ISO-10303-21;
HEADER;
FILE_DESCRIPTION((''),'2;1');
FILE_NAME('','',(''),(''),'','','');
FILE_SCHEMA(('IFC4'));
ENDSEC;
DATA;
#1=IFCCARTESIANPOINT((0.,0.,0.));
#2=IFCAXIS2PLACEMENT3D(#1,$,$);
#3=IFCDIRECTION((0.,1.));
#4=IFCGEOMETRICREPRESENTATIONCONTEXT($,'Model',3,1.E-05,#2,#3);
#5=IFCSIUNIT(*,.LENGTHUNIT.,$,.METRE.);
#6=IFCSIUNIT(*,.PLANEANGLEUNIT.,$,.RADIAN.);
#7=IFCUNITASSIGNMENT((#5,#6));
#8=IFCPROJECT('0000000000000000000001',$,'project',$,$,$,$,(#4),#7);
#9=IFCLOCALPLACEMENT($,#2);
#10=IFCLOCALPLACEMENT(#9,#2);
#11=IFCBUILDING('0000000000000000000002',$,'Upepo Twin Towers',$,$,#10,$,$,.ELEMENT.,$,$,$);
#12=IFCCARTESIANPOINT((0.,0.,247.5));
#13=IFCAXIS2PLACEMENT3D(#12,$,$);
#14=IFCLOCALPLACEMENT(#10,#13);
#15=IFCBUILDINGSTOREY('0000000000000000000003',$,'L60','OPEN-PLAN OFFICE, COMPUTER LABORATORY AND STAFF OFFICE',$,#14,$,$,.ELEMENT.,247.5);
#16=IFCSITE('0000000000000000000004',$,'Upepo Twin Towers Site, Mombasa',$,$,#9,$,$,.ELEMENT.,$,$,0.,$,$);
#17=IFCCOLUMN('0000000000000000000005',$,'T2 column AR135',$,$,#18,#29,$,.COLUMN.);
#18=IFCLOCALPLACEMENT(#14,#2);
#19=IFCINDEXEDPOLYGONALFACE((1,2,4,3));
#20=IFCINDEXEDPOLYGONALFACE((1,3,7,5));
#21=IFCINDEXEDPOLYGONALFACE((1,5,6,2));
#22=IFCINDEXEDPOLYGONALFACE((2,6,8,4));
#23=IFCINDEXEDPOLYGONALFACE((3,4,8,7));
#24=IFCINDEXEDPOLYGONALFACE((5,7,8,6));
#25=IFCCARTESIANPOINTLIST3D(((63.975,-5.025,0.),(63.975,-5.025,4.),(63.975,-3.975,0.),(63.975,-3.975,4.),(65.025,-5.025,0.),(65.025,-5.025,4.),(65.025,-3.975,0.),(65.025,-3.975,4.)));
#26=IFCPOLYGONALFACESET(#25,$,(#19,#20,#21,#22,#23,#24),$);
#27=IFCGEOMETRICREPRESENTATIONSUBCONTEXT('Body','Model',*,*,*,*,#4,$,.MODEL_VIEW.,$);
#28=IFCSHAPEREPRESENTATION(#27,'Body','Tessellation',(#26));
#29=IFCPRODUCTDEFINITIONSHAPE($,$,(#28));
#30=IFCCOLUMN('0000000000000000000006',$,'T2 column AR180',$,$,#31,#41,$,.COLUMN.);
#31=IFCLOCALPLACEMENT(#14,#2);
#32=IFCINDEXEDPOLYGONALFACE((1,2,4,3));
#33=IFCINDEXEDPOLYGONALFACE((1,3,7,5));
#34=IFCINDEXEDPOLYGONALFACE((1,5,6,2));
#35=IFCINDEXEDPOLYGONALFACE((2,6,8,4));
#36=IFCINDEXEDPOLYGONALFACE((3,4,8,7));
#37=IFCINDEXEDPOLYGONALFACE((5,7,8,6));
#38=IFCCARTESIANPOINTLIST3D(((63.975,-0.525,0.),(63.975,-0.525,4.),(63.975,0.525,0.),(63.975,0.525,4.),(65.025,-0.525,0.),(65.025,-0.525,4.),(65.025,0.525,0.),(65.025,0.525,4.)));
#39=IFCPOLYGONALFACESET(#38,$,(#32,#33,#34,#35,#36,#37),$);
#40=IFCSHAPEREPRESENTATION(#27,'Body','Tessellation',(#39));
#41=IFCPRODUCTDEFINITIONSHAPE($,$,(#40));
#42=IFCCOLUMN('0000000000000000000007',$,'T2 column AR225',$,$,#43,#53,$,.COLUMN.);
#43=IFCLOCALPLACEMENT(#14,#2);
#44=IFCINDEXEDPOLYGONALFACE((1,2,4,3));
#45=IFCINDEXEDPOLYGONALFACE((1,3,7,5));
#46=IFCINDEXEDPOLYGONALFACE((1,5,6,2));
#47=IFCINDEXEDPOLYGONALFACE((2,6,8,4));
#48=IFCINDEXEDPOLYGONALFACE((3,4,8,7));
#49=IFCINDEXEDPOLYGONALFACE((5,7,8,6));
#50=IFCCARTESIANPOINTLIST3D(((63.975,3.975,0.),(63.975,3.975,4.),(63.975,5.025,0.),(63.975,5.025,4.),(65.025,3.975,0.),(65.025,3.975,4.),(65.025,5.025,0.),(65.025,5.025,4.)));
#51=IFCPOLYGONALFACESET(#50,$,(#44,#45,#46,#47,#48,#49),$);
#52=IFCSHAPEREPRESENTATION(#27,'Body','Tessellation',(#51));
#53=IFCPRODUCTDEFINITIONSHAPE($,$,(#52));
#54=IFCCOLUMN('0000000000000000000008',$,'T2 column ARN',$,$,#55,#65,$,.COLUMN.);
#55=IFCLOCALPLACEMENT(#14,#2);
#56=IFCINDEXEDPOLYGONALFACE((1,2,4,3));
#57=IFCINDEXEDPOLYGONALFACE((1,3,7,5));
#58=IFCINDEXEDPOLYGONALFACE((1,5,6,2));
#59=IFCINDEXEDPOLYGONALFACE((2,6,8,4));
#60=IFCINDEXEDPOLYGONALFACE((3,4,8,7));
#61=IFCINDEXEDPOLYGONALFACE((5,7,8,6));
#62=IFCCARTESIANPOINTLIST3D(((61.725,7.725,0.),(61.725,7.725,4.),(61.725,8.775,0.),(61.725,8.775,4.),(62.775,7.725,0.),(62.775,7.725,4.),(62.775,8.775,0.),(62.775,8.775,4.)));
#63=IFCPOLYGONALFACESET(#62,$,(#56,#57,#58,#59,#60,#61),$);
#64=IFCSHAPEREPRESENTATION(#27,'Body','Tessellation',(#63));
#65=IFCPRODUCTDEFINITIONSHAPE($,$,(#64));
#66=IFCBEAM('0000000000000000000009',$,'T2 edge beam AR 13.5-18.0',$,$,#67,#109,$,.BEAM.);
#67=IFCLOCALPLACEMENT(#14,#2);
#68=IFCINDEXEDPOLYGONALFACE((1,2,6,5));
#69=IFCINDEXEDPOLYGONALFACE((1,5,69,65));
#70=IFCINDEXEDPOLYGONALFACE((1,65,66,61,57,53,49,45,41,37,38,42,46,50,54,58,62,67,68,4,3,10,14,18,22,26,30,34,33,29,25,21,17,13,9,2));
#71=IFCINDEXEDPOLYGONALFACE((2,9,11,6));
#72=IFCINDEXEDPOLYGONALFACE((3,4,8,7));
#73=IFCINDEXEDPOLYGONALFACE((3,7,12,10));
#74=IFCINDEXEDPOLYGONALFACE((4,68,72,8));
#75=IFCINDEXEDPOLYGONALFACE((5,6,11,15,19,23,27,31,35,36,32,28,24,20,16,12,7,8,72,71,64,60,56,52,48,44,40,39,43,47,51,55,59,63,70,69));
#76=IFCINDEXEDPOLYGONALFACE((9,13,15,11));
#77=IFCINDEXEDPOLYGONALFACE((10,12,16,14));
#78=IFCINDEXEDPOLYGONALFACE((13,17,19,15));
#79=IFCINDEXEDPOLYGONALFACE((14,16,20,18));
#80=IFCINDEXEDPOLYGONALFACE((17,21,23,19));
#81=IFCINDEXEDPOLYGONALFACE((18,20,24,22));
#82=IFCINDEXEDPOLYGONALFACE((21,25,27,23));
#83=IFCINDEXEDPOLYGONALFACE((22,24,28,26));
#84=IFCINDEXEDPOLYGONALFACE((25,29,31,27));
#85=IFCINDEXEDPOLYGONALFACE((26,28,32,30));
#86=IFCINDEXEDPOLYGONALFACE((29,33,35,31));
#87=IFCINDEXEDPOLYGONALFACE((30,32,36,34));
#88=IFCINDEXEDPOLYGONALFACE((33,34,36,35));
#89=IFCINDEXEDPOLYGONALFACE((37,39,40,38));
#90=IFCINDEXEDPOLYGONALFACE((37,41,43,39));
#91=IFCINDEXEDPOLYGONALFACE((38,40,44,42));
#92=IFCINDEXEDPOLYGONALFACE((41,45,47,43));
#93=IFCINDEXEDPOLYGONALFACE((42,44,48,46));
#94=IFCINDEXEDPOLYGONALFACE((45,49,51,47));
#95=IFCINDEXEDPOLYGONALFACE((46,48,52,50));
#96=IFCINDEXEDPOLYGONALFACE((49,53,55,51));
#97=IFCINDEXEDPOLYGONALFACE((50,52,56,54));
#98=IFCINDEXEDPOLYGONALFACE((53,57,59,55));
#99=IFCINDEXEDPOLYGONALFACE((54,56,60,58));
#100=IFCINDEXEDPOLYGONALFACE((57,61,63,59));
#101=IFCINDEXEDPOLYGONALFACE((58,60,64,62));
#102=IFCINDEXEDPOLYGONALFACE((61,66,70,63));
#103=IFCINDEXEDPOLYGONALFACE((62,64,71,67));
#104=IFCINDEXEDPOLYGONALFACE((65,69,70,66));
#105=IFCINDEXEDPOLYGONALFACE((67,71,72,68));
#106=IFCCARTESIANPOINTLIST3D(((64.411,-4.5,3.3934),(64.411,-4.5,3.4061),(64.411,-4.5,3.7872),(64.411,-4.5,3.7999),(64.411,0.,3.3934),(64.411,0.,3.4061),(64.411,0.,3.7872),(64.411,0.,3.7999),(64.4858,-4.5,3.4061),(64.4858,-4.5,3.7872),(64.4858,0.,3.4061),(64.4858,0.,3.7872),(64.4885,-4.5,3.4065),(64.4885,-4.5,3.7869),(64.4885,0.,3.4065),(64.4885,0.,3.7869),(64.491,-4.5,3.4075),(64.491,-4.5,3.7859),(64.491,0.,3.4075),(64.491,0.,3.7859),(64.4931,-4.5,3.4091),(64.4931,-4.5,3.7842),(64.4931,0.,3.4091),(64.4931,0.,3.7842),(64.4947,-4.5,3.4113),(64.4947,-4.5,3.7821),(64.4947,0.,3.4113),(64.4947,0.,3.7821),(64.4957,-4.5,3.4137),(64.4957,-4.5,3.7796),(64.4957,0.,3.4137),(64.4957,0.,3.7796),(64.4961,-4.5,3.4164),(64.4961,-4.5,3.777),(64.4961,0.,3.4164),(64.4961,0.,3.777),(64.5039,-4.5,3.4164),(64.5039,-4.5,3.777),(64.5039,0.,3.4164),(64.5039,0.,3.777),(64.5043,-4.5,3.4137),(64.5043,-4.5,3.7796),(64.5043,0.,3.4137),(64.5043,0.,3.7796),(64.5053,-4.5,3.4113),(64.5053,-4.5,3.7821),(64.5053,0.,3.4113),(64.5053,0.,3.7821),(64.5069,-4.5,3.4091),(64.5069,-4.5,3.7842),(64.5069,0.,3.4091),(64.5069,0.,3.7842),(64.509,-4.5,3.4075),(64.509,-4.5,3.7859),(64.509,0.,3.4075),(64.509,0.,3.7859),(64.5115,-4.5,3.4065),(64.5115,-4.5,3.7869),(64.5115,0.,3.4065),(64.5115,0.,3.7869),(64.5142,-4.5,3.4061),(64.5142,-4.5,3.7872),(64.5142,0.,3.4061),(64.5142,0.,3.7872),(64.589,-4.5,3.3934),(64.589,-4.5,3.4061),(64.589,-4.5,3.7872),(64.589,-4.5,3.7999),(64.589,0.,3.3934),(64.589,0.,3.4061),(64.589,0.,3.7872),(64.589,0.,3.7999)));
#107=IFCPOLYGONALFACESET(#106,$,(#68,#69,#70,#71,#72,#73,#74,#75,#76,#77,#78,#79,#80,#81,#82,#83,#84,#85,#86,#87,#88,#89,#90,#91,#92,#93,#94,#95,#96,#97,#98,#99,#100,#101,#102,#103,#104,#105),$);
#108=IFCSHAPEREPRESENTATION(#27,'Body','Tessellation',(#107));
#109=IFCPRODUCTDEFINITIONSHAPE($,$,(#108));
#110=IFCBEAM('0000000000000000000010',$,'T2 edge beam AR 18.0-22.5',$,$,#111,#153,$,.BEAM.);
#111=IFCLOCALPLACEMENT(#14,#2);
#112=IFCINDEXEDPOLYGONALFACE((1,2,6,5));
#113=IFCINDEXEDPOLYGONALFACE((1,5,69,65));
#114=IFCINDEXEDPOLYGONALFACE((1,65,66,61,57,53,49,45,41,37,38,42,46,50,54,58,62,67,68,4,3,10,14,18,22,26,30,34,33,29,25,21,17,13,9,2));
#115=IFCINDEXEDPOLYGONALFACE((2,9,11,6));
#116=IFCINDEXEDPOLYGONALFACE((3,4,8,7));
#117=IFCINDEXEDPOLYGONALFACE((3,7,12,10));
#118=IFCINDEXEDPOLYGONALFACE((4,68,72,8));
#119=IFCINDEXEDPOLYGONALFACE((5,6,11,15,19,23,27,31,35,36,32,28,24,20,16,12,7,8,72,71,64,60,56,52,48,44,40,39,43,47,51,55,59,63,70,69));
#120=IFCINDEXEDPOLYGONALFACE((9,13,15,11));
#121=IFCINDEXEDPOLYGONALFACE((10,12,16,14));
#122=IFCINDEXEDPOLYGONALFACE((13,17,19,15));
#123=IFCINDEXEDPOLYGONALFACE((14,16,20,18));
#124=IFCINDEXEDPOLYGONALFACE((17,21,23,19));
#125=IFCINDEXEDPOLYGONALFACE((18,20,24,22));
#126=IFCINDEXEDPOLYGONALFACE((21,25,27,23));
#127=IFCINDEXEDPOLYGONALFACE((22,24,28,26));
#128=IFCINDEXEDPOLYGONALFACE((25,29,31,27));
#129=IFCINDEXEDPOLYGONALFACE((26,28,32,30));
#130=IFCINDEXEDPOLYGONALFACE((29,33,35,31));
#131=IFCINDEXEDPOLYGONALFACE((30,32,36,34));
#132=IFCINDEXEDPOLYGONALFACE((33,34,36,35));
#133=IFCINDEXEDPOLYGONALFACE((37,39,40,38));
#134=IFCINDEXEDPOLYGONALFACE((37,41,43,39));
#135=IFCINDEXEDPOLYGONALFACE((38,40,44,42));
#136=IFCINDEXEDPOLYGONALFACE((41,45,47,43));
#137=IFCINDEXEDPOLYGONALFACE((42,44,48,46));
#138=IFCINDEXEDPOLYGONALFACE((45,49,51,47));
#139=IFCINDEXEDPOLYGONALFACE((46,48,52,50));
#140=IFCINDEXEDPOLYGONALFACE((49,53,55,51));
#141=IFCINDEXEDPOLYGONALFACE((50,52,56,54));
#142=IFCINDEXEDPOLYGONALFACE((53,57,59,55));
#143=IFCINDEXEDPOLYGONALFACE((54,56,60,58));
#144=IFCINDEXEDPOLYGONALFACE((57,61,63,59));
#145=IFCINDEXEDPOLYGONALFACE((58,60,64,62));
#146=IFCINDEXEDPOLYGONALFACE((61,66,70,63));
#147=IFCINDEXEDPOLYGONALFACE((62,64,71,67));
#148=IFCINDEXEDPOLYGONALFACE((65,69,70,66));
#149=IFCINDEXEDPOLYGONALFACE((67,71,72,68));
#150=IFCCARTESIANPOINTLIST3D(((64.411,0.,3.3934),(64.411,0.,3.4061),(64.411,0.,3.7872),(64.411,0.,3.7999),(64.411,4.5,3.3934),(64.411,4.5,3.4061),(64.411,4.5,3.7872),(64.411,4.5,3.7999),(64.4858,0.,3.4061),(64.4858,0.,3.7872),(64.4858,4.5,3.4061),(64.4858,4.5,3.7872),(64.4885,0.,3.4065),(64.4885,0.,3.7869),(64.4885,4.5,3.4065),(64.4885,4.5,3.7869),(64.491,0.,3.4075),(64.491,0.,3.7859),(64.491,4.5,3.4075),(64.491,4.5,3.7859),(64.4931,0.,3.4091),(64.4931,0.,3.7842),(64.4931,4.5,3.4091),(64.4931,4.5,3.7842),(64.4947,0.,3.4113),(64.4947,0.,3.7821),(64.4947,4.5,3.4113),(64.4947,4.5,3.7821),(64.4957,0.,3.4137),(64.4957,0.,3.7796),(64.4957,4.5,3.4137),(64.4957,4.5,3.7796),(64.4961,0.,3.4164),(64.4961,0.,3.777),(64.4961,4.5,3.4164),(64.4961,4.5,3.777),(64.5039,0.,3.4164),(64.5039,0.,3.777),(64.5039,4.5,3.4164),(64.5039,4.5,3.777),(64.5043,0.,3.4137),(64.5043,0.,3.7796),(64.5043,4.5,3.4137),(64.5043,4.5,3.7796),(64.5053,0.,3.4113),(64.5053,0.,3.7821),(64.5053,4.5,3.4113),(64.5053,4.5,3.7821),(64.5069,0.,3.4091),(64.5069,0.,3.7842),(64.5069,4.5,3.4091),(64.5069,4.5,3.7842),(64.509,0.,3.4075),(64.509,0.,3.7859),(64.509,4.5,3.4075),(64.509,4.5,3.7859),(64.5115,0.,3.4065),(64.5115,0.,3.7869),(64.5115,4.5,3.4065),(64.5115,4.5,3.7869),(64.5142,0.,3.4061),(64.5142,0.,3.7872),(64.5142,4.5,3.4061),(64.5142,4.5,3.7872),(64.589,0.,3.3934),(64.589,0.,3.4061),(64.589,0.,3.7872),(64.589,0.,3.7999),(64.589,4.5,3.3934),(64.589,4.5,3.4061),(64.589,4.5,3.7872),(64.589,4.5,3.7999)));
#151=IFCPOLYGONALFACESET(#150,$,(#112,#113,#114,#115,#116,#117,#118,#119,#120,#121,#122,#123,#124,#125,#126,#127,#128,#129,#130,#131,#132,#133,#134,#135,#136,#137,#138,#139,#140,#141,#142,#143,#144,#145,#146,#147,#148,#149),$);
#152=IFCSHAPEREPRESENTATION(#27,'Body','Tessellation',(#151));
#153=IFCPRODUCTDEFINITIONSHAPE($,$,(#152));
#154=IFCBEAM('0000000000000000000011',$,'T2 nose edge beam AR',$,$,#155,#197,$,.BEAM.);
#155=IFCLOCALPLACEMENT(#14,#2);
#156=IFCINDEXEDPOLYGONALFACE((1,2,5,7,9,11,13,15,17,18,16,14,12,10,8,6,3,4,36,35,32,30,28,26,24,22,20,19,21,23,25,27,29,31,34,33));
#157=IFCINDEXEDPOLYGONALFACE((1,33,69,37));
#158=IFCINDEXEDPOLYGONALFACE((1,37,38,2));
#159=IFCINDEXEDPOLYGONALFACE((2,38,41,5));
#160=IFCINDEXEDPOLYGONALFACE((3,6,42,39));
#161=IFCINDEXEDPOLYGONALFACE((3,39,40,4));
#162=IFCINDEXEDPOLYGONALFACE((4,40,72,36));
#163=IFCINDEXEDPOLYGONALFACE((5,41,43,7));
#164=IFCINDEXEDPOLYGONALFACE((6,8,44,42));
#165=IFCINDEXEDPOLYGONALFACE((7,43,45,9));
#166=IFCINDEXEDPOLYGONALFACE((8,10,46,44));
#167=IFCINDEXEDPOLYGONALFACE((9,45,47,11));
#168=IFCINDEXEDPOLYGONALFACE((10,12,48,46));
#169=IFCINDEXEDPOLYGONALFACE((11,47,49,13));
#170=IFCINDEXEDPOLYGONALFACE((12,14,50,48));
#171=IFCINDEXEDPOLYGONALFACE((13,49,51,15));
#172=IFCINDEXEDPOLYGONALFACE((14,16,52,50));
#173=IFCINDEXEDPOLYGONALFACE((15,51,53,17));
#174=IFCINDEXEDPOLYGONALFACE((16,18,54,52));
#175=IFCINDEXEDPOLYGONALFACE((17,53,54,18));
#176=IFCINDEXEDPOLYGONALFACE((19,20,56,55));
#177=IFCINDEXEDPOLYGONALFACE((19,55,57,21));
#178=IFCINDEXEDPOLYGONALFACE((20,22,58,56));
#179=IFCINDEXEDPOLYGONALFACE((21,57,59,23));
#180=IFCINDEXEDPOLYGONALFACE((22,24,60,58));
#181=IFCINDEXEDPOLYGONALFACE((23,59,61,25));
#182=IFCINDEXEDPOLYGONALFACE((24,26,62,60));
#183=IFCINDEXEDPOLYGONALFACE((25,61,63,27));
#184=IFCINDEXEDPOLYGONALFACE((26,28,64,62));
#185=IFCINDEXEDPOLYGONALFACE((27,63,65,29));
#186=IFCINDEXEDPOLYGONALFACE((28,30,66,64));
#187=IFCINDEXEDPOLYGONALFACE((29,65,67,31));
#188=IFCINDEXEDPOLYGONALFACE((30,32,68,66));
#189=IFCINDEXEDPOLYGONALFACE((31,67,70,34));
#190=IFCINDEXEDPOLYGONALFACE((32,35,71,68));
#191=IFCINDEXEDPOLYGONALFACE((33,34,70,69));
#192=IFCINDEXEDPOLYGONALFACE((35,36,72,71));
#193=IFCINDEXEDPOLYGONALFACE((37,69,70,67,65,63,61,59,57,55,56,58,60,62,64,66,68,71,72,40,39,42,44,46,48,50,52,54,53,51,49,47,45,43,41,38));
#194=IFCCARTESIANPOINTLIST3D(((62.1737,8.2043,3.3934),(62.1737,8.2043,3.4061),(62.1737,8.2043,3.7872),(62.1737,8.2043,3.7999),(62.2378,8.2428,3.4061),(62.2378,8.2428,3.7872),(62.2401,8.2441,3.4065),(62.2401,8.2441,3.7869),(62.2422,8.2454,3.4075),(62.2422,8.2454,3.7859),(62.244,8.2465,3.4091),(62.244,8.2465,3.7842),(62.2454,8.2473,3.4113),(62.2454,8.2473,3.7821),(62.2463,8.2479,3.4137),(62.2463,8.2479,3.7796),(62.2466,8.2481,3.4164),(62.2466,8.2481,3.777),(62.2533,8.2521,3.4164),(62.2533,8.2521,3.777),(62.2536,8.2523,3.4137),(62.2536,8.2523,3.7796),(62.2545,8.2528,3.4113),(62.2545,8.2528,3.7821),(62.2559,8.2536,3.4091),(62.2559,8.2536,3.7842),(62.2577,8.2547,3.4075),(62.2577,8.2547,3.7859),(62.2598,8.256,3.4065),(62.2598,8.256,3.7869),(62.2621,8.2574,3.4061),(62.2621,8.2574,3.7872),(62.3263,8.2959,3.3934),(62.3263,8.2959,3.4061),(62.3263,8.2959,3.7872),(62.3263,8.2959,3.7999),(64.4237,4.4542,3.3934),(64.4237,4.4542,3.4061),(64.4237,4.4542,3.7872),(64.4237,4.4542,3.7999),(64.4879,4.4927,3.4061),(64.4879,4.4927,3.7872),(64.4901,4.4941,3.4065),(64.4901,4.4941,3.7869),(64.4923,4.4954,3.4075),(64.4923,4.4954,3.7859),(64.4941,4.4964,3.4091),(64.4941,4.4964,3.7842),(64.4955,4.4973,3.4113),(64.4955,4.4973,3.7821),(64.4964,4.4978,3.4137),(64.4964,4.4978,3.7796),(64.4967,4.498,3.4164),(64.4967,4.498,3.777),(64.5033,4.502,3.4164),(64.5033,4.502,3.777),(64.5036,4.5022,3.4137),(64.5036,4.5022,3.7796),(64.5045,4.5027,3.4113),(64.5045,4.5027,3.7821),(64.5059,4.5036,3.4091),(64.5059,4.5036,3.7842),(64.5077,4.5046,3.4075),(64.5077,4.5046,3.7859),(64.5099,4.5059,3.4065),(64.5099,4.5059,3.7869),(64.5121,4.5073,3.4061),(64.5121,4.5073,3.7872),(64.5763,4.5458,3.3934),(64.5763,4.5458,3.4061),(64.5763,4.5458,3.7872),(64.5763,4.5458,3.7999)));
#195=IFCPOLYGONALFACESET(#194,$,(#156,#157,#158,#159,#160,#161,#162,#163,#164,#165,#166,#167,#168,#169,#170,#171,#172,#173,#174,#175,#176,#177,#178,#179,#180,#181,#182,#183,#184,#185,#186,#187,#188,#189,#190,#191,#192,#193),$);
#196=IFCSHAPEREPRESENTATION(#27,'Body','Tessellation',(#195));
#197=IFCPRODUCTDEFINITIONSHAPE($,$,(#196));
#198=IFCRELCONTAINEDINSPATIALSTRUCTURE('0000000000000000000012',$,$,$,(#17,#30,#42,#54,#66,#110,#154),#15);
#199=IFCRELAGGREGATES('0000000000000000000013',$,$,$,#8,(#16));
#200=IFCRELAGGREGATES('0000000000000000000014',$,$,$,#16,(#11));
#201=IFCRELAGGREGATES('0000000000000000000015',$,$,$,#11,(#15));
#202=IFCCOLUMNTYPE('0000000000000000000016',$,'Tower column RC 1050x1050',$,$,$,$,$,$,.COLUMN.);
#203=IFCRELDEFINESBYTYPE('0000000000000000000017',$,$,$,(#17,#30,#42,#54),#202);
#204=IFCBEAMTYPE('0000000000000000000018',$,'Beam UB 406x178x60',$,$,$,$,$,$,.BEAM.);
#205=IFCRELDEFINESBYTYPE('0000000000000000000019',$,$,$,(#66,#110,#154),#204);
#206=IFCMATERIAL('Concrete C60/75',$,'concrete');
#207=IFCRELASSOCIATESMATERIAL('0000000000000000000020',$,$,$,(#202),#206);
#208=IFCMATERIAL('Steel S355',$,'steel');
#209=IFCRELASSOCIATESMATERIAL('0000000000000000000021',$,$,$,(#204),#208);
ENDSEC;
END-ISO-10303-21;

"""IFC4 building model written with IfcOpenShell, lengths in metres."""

from ifc_helpers import new_model, si_unit, direction, frame, origin, origin_2d, place, context, subcontext, project, spatial, rectangle, i_section, extrude, material, material_profile, profile_set, type_object, element, save


model = new_model("IFC4")

# Units and contexts
model_context = context("Model", 3, precision=1e-05, world=origin(), true_north=direction((0.0, 1.0)))
body_context = subcontext(model_context, "Body", "Model", "MODEL_VIEW")
ifc_project = project(units=[si_unit("LENGTHUNIT", "METRE"), si_unit("PLANEANGLEUNIT", "RADIAN")], contexts=[model_context])

# Site, building, storey
site_placement = place(None, origin())
site = spatial("IfcSite", under=ifc_project, at=site_placement, Name="Upepo Twin Towers Site, Mombasa", CompositionType="ELEMENT", RefElevation=0.0)
building_placement = place(site_placement, origin())
building = spatial("IfcBuilding", under=site, at=building_placement, Name="Upepo Twin Towers", CompositionType="ELEMENT")
storey_placement = place(building_placement, frame((0.0, 0.0, 247.5)))
storey = spatial("IfcBuildingStorey", under=building, at=storey_placement, Name="L60", Description="OPEN-PLAN OFFICE, COMPUTER LABORATORY AND STAFF OFFICE", CompositionType="ELEMENT", Elevation=247.5)

# Columns
ifc_material_1 = material(Name="Concrete C60/75", Category="concrete")
ifc_material_profile_1 = material_profile(ifc_material_1, rectangle(XDim=1.05, YDim=1.05, at=origin_2d()), Name="RC 1050x1050")
ifc_profile_set_1 = profile_set([ifc_material_profile_1], Name="Concrete C60/75")
column_type = type_object("IfcColumnType", Name="Tower column RC 1050x1050", PredefinedType="COLUMN", material=ifc_profile_set_1)
for number, where, z_axis, x_axis, name in (
    (1, (64.5, -4.5, 0.0), (0.0, 0.0, 1.0), (1.0, 0.0, 0.0), "T2 column AR135"),
    (2, (64.5, 0.0, 0.0), (0.0, 0.0, 1.0), (1.0, 0.0, 0.0), "T2 column AR180"),
    (3, (64.5, 4.5, 0.0), (0.0, 0.0, 1.0), (1.0, 0.0, 0.0), "T2 column AR225"),
    (4, (62.25, 8.25, 0.0), (0.0, 0.0, 1.0), (1.0, 0.0, 0.0), "T2 column ARN"),
):
    element("IfcColumn", number, at=place(storey_placement, frame(where, z_axis=z_axis, x_axis=x_axis)), inside=storey, type_object=column_type, Name=name, PredefinedType="COLUMN", context=body_context, shape_type="SweptSolid", body=[
        extrude(rectangle(XDim=1.05, YDim=1.05, at=origin_2d()), origin(), (0.0, 0.0, 1.0), 4.0),
    ])

# Beams
ifc_material_2 = material(Name="Steel S355", Category="steel")
ifc_material_profile_2 = material_profile(ifc_material_2, i_section(OverallWidth=0.178, OverallDepth=0.4065, WebThickness=0.0078, FlangeThickness=0.0127, FilletRadius=0.0103, at=origin_2d()), Name="UB 406x178x60")
ifc_profile_set_2 = profile_set([ifc_material_profile_2], Name="Steel S355")
beam_type_1 = type_object("IfcBeamType", Name="Beam UB 406x178x60", PredefinedType="BEAM", material=ifc_profile_set_2)
for number, where, z_axis, x_axis, name in (
    (5, (64.5, -4.5, 3.5967), (0.0, 1.0, 0.0), (-1.0, 0.0, 0.0), "T2 edge beam AR 13.5-18.0"),
    (6, (64.5, 0.0, 3.5967), (0.0, 1.0, 0.0), (-1.0, 0.0, 0.0), "T2 edge beam AR 18.0-22.5"),
):
    element("IfcBeam", number, at=place(storey_placement, frame(where, z_axis=z_axis, x_axis=x_axis)), inside=storey, type_object=beam_type_1, Name=name, PredefinedType="BEAM", context=body_context, shape_type="SweptSolid", body=[
        extrude(i_section(OverallWidth=0.178, OverallDepth=0.4065, WebThickness=0.0078, FlangeThickness=0.0127, FilletRadius=0.0103, at=origin_2d()), origin(), (0.0, 0.0, 1.0), 4.5),
    ])
beam_1_placement = place(storey_placement, frame((64.5, 4.5, 3.5967), z_axis=(-0.514496, 0.857493, 0.0), x_axis=(-0.857493, -0.514496, 0.0)))
element("IfcBeam", 7, at=beam_1_placement, inside=storey, type_object=beam_type_1, Name="T2 nose edge beam AR", PredefinedType="BEAM", context=body_context, shape_type="SweptSolid", body=[
    extrude(i_section(OverallWidth=0.178, OverallDepth=0.4065, WebThickness=0.0078, FlangeThickness=0.0127, FilletRadius=0.0103, at=origin_2d()), origin(), (0.0, 0.0, 1.0), 4.3733),
])

save(model, "model.ifc")
